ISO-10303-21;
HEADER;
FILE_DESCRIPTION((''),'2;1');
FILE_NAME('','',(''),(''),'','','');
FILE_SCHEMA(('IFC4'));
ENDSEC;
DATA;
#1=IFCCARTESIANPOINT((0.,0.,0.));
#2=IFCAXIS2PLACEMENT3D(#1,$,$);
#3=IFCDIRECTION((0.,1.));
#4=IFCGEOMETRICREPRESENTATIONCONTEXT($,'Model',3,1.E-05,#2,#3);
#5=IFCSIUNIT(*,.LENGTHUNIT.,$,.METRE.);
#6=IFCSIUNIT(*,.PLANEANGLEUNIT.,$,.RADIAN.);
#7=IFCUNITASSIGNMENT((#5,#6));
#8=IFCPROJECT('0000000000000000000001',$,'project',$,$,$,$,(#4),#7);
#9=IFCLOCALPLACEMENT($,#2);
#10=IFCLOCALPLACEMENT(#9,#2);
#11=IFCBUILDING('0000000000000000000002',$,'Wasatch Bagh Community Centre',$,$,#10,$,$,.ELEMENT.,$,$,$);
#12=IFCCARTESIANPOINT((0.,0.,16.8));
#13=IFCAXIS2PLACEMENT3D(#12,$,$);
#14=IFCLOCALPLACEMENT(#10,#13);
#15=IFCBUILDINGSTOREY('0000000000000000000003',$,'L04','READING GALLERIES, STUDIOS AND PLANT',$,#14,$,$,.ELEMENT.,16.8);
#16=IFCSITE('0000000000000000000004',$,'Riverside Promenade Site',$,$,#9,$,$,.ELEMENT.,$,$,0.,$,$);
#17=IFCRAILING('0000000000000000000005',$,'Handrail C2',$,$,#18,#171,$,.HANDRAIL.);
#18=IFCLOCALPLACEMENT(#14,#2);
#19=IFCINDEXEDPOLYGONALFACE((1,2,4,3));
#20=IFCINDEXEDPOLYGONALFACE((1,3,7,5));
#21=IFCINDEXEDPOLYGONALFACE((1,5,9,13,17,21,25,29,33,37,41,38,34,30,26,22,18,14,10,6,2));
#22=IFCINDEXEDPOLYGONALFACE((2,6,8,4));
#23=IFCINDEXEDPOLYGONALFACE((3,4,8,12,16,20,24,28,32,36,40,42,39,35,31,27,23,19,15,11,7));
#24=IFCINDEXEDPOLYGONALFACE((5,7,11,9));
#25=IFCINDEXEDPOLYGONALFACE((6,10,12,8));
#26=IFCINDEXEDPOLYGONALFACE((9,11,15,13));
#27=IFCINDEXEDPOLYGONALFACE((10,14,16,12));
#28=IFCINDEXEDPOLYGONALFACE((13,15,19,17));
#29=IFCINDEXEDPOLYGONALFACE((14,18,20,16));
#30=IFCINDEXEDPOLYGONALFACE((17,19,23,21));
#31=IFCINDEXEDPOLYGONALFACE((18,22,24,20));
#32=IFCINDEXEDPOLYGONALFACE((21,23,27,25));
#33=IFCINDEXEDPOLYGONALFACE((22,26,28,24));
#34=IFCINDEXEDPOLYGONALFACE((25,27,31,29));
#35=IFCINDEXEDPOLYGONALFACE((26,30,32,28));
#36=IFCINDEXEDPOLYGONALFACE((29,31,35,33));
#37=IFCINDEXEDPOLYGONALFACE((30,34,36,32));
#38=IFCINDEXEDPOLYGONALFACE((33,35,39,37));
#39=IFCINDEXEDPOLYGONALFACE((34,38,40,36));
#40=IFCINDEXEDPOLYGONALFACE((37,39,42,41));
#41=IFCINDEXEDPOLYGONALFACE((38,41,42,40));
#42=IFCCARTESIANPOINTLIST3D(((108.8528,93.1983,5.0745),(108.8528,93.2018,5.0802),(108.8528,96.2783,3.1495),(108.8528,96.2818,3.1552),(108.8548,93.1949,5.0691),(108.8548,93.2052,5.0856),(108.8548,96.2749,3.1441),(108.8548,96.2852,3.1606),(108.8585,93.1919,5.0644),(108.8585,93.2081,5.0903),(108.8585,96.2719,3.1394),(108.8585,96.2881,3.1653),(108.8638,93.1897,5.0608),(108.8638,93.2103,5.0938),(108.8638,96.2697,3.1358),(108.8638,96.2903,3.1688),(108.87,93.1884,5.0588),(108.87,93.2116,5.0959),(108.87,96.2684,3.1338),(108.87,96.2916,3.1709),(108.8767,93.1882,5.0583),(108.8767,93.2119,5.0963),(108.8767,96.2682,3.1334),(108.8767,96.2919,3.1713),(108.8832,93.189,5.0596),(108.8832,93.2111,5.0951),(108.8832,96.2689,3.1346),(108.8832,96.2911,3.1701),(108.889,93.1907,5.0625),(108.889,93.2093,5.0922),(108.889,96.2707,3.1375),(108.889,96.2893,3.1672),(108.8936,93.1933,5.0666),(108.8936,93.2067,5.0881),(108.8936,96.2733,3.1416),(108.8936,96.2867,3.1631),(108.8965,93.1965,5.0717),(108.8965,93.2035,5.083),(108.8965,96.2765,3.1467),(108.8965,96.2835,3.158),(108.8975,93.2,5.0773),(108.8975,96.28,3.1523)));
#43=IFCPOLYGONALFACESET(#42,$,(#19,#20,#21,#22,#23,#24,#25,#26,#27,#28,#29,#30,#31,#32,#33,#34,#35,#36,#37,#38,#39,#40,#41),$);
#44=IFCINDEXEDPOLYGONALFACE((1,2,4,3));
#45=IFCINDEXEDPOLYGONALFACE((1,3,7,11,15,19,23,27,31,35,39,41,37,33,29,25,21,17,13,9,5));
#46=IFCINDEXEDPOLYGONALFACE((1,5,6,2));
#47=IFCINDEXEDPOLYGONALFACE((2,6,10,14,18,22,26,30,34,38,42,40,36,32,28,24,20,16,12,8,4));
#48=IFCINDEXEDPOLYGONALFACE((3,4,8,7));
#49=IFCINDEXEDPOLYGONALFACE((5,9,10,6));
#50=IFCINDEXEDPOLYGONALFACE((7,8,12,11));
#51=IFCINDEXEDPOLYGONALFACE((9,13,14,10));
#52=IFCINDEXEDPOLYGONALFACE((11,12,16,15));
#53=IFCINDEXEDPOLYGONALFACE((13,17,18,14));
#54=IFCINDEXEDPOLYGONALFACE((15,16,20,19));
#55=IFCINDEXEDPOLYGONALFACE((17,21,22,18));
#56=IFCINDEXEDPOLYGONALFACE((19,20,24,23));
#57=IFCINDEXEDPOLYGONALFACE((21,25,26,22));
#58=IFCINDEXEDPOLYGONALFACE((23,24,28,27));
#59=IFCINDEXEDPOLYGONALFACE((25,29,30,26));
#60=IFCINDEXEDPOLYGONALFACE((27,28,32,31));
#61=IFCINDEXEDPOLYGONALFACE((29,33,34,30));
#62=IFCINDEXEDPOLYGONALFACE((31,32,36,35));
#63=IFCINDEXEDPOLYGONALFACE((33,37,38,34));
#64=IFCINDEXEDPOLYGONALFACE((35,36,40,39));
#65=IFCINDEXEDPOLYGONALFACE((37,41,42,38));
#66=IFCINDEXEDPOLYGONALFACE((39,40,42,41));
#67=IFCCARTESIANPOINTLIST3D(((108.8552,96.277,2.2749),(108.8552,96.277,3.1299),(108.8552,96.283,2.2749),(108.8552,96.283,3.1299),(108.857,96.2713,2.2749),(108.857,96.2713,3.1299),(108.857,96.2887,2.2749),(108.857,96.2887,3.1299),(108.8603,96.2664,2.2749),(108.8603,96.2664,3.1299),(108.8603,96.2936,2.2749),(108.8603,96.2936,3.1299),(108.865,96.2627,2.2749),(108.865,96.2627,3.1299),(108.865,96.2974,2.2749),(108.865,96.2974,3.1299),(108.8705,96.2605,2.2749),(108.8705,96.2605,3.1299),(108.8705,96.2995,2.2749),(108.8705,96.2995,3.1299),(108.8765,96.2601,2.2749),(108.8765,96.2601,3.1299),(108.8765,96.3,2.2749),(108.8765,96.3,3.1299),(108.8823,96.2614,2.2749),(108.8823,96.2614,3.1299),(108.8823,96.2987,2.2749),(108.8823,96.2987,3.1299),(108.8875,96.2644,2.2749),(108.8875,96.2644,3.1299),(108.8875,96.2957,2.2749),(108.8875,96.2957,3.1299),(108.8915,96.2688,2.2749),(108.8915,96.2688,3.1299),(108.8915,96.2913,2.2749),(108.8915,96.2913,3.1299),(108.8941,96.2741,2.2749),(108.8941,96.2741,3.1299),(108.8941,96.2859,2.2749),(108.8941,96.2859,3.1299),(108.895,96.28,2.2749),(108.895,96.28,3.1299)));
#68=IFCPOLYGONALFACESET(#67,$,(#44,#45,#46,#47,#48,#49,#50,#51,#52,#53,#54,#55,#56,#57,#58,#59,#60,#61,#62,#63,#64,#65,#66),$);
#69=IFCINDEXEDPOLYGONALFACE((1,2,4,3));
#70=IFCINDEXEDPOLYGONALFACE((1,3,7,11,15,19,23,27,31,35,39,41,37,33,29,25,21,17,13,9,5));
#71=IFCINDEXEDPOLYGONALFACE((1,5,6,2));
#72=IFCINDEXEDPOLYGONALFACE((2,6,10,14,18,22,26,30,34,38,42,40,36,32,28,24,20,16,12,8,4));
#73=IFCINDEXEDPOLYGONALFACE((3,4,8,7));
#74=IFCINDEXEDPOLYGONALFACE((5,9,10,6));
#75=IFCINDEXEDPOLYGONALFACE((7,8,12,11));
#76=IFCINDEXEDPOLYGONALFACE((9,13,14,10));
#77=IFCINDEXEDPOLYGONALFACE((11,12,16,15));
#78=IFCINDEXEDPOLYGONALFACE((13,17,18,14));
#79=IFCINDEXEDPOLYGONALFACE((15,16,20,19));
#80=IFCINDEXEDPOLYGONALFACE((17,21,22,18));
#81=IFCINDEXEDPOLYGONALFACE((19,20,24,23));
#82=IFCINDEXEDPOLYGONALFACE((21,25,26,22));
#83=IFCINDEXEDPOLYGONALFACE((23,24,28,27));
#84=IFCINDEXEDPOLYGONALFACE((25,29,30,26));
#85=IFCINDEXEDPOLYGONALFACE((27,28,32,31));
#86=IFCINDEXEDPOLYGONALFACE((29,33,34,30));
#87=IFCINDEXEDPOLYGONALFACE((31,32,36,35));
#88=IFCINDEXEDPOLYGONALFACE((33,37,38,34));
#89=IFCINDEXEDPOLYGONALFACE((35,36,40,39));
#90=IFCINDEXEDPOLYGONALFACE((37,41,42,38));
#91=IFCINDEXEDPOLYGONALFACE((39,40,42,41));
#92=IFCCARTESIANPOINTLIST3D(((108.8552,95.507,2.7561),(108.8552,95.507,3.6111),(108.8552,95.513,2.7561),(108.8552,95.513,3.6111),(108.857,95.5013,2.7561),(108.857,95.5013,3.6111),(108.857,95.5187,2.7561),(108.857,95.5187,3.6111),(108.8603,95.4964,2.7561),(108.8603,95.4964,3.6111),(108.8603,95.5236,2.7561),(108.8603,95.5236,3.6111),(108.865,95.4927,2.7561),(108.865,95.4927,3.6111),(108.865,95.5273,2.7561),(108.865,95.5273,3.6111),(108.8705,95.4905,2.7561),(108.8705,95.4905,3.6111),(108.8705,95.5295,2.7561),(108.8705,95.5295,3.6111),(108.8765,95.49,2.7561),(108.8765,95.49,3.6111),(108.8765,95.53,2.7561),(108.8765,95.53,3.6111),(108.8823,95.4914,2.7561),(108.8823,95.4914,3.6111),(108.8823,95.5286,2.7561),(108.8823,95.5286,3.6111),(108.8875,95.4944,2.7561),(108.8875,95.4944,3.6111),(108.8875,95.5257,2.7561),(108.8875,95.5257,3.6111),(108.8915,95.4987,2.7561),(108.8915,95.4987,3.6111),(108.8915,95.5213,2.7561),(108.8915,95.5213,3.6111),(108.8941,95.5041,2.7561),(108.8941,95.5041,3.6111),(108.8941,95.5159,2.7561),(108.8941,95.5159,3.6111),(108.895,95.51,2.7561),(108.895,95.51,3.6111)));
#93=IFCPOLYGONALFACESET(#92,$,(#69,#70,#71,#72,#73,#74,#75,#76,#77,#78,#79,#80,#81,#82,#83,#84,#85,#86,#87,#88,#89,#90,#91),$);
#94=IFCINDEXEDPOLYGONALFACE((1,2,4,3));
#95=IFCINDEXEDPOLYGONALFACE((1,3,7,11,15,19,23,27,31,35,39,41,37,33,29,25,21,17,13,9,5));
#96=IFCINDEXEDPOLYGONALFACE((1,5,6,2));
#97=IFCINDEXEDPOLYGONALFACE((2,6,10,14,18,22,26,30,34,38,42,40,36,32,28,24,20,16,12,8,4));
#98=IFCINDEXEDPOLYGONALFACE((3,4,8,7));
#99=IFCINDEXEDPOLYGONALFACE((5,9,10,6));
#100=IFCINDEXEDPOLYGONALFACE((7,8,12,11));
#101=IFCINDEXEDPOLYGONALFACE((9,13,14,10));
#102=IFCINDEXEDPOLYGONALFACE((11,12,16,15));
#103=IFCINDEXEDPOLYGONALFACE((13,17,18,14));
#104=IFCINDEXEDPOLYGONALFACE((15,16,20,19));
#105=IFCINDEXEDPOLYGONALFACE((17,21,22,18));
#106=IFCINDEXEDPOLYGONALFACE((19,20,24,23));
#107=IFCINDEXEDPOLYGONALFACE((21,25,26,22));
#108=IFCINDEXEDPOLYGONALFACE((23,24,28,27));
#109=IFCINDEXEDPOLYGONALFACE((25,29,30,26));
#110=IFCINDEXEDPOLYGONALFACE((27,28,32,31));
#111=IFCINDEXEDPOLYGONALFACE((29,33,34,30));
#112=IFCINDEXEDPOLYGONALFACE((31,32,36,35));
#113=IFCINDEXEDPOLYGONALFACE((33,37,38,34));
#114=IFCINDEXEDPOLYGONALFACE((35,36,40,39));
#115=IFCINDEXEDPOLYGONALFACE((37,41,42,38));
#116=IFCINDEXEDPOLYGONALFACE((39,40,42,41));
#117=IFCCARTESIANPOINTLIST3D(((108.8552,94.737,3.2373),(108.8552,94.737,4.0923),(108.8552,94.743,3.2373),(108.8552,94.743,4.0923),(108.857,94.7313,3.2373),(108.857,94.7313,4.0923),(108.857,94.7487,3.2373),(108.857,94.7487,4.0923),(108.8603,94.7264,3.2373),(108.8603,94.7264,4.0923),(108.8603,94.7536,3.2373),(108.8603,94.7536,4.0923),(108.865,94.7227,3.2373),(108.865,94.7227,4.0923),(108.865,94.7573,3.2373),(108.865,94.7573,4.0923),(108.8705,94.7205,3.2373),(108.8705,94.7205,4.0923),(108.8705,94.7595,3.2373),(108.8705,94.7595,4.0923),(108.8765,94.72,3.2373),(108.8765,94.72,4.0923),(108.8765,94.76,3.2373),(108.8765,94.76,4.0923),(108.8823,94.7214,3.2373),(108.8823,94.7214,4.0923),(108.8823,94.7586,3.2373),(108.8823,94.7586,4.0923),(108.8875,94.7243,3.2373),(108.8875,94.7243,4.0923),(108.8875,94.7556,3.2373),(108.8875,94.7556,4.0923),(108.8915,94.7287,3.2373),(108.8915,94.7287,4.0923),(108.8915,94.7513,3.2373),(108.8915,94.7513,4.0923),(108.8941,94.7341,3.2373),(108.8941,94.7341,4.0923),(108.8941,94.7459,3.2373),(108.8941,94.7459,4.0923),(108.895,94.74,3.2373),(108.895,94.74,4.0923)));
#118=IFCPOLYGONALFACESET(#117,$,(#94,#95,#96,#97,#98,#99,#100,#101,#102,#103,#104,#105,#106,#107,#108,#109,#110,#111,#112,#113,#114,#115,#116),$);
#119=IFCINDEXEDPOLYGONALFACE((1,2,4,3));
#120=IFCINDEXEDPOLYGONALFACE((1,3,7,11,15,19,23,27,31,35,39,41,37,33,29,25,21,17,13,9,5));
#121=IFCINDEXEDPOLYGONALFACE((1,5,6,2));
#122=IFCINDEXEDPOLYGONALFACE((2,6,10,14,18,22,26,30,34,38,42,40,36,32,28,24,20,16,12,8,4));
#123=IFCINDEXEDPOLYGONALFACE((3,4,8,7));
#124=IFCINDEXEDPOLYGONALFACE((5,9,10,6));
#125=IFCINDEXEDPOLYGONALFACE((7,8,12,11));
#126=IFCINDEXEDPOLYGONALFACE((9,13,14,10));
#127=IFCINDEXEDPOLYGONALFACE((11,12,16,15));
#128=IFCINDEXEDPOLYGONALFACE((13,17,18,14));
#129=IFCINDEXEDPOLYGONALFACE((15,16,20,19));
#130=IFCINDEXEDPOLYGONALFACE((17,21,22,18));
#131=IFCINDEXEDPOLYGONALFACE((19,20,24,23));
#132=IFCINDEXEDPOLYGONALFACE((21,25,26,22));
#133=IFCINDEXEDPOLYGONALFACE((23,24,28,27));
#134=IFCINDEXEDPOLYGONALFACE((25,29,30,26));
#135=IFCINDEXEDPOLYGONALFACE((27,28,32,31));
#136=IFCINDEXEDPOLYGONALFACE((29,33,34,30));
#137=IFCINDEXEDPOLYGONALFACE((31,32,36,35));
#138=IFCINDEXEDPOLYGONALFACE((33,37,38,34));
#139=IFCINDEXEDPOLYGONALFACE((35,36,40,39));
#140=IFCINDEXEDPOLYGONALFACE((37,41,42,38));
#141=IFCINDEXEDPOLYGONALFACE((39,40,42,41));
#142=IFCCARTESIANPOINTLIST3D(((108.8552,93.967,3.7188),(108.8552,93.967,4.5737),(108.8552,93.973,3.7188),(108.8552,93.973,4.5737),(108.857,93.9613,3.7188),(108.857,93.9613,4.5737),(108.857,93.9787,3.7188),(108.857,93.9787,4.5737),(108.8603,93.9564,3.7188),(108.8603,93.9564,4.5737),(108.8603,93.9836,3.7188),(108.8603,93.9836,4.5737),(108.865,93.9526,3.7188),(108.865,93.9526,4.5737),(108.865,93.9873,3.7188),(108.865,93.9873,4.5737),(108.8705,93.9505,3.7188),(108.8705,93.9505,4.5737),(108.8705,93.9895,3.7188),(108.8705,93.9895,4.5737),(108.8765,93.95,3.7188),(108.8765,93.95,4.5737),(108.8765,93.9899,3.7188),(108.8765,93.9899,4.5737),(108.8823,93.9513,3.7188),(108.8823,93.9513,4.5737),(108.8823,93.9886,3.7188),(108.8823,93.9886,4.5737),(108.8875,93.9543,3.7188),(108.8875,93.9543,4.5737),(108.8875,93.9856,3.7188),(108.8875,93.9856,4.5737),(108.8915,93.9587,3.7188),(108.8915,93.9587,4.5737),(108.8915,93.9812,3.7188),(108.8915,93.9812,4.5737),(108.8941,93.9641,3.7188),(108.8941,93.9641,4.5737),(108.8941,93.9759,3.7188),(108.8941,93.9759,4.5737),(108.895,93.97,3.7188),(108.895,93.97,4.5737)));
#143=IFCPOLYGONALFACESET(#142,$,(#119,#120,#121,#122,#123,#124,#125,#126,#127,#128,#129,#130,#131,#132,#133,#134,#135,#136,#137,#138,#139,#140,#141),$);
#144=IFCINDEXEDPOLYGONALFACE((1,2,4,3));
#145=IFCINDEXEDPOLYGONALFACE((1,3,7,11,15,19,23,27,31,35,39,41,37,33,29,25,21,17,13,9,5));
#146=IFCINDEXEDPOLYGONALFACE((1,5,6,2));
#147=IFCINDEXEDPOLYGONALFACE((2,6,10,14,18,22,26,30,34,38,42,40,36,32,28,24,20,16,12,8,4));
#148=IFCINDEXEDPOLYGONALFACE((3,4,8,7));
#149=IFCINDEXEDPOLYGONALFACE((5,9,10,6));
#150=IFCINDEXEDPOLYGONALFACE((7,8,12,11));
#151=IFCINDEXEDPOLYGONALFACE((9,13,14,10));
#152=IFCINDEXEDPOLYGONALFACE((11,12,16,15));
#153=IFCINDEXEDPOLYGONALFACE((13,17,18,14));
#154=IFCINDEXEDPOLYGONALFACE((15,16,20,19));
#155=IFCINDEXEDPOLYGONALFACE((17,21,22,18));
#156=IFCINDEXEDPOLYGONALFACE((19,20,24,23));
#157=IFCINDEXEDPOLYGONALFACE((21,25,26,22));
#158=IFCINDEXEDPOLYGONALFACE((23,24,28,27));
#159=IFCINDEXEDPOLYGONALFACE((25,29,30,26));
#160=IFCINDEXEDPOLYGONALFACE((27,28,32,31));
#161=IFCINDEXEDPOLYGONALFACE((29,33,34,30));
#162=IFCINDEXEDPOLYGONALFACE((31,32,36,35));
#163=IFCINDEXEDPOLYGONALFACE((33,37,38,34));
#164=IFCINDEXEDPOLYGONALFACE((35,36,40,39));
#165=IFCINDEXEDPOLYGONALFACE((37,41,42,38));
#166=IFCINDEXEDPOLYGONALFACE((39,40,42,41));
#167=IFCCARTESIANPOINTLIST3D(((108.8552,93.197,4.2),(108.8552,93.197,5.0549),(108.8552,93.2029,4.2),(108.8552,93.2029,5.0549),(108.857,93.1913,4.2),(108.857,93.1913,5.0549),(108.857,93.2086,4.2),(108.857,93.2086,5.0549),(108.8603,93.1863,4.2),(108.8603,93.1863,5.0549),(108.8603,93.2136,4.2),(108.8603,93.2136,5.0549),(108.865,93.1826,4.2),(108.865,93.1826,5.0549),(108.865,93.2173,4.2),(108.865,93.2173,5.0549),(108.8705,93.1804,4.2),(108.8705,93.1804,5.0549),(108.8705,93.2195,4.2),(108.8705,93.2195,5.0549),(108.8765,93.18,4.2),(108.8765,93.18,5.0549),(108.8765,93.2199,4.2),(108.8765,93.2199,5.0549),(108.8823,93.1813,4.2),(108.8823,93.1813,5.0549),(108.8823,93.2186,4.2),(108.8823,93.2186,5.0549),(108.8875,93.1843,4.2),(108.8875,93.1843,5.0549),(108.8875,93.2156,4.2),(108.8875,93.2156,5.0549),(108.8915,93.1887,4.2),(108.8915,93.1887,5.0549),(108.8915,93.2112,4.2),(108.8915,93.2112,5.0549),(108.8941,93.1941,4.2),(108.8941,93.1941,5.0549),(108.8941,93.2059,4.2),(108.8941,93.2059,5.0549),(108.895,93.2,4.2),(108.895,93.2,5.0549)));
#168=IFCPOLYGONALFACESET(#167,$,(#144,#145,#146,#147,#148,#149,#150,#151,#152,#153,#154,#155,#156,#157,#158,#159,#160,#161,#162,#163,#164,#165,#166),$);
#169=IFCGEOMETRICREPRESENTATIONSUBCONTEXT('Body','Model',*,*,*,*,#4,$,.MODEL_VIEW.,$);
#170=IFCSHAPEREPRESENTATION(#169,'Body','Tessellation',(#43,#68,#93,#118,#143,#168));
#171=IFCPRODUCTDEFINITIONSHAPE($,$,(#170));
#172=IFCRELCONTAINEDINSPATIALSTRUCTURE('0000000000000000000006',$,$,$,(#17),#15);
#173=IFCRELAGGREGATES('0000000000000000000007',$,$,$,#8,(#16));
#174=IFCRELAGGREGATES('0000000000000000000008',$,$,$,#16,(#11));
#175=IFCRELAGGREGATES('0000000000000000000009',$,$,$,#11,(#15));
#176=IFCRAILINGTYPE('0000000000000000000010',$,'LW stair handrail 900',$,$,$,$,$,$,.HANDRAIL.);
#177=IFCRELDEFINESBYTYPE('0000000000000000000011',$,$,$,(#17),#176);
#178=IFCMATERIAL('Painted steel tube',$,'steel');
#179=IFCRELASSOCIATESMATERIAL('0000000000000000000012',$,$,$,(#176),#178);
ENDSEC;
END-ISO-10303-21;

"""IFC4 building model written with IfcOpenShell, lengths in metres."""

from ifc_helpers import new_model, si_unit, direction, frame, origin, origin_2d, place, context, subcontext, project, spatial, circle, extrude, material, type_object, element, save


model = new_model("IFC4")

# Units and contexts
model_context = context("Model", 3, precision=1e-05, world=origin(), true_north=direction((0.0, 1.0)))
body_context = subcontext(model_context, "Body", "Model", "MODEL_VIEW")
ifc_project = project(units=[si_unit("LENGTHUNIT", "METRE"), si_unit("PLANEANGLEUNIT", "RADIAN")], contexts=[model_context])

# Site, building, storey
site_placement = place(None, origin())
site = spatial("IfcSite", under=ifc_project, at=site_placement, Name="Riverside Promenade Site", CompositionType="ELEMENT", RefElevation=0.0)
building_placement = place(site_placement, origin())
building = spatial("IfcBuilding", under=site, at=building_placement, Name="Wasatch Bagh Community Centre", CompositionType="ELEMENT")
storey_placement = place(building_placement, frame((0.0, 0.0, 16.8)))
storey = spatial("IfcBuildingStorey", under=building, at=storey_placement, Name="L04", Description="READING GALLERIES, STUDIOS AND PLANT", CompositionType="ELEMENT", Elevation=16.8)

# Railing
ifc_material_1 = material(Name="Painted steel tube", Category="steel")
railing_type_1 = type_object("IfcRailingType", Name="LW stair handrail 900", PredefinedType="HANDRAIL", material=ifc_material_1)
for number, where, name in (
    (1, (108.875, 96.28, 2.2749), "Handrail C2"),
):
    element("IfcRailing", number, at=place(storey_placement, frame(where)), inside=storey, type_object=railing_type_1, Name=name, PredefinedType="HANDRAIL", context=body_context, shape_type="SweptSolid", body=[
        extrude(circle(Radius=0.0225, at=origin_2d()), frame((0.0, 0.0, 0.8774), z_axis=(0.0, -0.847998, 0.529999), x_axis=(1.0, 0.0, 0.0)), (0.0, 0.0, 1.0), 3.6321),
        extrude(circle(Radius=0.02, at=origin_2d()), origin(), (0.0, 0.0, 1.0), 0.855),
        extrude(circle(Radius=0.02, at=origin_2d()), frame((0.0, -0.77, 0.4812)), (0.0, 0.0, 1.0), 0.855),
        extrude(circle(Radius=0.02, at=origin_2d()), frame((0.0, -1.54, 0.9624)), (0.0, 0.0, 1.0), 0.855),
        extrude(circle(Radius=0.02, at=origin_2d()), frame((0.0, -2.3101, 1.4438)), (0.0, 0.0, 1.0), 0.855),
        extrude(circle(Radius=0.02, at=origin_2d()), frame((0.0, -3.0801, 1.925)), (0.0, 0.0, 1.0), 0.855),
    ])

save(model, "model.ifc")
